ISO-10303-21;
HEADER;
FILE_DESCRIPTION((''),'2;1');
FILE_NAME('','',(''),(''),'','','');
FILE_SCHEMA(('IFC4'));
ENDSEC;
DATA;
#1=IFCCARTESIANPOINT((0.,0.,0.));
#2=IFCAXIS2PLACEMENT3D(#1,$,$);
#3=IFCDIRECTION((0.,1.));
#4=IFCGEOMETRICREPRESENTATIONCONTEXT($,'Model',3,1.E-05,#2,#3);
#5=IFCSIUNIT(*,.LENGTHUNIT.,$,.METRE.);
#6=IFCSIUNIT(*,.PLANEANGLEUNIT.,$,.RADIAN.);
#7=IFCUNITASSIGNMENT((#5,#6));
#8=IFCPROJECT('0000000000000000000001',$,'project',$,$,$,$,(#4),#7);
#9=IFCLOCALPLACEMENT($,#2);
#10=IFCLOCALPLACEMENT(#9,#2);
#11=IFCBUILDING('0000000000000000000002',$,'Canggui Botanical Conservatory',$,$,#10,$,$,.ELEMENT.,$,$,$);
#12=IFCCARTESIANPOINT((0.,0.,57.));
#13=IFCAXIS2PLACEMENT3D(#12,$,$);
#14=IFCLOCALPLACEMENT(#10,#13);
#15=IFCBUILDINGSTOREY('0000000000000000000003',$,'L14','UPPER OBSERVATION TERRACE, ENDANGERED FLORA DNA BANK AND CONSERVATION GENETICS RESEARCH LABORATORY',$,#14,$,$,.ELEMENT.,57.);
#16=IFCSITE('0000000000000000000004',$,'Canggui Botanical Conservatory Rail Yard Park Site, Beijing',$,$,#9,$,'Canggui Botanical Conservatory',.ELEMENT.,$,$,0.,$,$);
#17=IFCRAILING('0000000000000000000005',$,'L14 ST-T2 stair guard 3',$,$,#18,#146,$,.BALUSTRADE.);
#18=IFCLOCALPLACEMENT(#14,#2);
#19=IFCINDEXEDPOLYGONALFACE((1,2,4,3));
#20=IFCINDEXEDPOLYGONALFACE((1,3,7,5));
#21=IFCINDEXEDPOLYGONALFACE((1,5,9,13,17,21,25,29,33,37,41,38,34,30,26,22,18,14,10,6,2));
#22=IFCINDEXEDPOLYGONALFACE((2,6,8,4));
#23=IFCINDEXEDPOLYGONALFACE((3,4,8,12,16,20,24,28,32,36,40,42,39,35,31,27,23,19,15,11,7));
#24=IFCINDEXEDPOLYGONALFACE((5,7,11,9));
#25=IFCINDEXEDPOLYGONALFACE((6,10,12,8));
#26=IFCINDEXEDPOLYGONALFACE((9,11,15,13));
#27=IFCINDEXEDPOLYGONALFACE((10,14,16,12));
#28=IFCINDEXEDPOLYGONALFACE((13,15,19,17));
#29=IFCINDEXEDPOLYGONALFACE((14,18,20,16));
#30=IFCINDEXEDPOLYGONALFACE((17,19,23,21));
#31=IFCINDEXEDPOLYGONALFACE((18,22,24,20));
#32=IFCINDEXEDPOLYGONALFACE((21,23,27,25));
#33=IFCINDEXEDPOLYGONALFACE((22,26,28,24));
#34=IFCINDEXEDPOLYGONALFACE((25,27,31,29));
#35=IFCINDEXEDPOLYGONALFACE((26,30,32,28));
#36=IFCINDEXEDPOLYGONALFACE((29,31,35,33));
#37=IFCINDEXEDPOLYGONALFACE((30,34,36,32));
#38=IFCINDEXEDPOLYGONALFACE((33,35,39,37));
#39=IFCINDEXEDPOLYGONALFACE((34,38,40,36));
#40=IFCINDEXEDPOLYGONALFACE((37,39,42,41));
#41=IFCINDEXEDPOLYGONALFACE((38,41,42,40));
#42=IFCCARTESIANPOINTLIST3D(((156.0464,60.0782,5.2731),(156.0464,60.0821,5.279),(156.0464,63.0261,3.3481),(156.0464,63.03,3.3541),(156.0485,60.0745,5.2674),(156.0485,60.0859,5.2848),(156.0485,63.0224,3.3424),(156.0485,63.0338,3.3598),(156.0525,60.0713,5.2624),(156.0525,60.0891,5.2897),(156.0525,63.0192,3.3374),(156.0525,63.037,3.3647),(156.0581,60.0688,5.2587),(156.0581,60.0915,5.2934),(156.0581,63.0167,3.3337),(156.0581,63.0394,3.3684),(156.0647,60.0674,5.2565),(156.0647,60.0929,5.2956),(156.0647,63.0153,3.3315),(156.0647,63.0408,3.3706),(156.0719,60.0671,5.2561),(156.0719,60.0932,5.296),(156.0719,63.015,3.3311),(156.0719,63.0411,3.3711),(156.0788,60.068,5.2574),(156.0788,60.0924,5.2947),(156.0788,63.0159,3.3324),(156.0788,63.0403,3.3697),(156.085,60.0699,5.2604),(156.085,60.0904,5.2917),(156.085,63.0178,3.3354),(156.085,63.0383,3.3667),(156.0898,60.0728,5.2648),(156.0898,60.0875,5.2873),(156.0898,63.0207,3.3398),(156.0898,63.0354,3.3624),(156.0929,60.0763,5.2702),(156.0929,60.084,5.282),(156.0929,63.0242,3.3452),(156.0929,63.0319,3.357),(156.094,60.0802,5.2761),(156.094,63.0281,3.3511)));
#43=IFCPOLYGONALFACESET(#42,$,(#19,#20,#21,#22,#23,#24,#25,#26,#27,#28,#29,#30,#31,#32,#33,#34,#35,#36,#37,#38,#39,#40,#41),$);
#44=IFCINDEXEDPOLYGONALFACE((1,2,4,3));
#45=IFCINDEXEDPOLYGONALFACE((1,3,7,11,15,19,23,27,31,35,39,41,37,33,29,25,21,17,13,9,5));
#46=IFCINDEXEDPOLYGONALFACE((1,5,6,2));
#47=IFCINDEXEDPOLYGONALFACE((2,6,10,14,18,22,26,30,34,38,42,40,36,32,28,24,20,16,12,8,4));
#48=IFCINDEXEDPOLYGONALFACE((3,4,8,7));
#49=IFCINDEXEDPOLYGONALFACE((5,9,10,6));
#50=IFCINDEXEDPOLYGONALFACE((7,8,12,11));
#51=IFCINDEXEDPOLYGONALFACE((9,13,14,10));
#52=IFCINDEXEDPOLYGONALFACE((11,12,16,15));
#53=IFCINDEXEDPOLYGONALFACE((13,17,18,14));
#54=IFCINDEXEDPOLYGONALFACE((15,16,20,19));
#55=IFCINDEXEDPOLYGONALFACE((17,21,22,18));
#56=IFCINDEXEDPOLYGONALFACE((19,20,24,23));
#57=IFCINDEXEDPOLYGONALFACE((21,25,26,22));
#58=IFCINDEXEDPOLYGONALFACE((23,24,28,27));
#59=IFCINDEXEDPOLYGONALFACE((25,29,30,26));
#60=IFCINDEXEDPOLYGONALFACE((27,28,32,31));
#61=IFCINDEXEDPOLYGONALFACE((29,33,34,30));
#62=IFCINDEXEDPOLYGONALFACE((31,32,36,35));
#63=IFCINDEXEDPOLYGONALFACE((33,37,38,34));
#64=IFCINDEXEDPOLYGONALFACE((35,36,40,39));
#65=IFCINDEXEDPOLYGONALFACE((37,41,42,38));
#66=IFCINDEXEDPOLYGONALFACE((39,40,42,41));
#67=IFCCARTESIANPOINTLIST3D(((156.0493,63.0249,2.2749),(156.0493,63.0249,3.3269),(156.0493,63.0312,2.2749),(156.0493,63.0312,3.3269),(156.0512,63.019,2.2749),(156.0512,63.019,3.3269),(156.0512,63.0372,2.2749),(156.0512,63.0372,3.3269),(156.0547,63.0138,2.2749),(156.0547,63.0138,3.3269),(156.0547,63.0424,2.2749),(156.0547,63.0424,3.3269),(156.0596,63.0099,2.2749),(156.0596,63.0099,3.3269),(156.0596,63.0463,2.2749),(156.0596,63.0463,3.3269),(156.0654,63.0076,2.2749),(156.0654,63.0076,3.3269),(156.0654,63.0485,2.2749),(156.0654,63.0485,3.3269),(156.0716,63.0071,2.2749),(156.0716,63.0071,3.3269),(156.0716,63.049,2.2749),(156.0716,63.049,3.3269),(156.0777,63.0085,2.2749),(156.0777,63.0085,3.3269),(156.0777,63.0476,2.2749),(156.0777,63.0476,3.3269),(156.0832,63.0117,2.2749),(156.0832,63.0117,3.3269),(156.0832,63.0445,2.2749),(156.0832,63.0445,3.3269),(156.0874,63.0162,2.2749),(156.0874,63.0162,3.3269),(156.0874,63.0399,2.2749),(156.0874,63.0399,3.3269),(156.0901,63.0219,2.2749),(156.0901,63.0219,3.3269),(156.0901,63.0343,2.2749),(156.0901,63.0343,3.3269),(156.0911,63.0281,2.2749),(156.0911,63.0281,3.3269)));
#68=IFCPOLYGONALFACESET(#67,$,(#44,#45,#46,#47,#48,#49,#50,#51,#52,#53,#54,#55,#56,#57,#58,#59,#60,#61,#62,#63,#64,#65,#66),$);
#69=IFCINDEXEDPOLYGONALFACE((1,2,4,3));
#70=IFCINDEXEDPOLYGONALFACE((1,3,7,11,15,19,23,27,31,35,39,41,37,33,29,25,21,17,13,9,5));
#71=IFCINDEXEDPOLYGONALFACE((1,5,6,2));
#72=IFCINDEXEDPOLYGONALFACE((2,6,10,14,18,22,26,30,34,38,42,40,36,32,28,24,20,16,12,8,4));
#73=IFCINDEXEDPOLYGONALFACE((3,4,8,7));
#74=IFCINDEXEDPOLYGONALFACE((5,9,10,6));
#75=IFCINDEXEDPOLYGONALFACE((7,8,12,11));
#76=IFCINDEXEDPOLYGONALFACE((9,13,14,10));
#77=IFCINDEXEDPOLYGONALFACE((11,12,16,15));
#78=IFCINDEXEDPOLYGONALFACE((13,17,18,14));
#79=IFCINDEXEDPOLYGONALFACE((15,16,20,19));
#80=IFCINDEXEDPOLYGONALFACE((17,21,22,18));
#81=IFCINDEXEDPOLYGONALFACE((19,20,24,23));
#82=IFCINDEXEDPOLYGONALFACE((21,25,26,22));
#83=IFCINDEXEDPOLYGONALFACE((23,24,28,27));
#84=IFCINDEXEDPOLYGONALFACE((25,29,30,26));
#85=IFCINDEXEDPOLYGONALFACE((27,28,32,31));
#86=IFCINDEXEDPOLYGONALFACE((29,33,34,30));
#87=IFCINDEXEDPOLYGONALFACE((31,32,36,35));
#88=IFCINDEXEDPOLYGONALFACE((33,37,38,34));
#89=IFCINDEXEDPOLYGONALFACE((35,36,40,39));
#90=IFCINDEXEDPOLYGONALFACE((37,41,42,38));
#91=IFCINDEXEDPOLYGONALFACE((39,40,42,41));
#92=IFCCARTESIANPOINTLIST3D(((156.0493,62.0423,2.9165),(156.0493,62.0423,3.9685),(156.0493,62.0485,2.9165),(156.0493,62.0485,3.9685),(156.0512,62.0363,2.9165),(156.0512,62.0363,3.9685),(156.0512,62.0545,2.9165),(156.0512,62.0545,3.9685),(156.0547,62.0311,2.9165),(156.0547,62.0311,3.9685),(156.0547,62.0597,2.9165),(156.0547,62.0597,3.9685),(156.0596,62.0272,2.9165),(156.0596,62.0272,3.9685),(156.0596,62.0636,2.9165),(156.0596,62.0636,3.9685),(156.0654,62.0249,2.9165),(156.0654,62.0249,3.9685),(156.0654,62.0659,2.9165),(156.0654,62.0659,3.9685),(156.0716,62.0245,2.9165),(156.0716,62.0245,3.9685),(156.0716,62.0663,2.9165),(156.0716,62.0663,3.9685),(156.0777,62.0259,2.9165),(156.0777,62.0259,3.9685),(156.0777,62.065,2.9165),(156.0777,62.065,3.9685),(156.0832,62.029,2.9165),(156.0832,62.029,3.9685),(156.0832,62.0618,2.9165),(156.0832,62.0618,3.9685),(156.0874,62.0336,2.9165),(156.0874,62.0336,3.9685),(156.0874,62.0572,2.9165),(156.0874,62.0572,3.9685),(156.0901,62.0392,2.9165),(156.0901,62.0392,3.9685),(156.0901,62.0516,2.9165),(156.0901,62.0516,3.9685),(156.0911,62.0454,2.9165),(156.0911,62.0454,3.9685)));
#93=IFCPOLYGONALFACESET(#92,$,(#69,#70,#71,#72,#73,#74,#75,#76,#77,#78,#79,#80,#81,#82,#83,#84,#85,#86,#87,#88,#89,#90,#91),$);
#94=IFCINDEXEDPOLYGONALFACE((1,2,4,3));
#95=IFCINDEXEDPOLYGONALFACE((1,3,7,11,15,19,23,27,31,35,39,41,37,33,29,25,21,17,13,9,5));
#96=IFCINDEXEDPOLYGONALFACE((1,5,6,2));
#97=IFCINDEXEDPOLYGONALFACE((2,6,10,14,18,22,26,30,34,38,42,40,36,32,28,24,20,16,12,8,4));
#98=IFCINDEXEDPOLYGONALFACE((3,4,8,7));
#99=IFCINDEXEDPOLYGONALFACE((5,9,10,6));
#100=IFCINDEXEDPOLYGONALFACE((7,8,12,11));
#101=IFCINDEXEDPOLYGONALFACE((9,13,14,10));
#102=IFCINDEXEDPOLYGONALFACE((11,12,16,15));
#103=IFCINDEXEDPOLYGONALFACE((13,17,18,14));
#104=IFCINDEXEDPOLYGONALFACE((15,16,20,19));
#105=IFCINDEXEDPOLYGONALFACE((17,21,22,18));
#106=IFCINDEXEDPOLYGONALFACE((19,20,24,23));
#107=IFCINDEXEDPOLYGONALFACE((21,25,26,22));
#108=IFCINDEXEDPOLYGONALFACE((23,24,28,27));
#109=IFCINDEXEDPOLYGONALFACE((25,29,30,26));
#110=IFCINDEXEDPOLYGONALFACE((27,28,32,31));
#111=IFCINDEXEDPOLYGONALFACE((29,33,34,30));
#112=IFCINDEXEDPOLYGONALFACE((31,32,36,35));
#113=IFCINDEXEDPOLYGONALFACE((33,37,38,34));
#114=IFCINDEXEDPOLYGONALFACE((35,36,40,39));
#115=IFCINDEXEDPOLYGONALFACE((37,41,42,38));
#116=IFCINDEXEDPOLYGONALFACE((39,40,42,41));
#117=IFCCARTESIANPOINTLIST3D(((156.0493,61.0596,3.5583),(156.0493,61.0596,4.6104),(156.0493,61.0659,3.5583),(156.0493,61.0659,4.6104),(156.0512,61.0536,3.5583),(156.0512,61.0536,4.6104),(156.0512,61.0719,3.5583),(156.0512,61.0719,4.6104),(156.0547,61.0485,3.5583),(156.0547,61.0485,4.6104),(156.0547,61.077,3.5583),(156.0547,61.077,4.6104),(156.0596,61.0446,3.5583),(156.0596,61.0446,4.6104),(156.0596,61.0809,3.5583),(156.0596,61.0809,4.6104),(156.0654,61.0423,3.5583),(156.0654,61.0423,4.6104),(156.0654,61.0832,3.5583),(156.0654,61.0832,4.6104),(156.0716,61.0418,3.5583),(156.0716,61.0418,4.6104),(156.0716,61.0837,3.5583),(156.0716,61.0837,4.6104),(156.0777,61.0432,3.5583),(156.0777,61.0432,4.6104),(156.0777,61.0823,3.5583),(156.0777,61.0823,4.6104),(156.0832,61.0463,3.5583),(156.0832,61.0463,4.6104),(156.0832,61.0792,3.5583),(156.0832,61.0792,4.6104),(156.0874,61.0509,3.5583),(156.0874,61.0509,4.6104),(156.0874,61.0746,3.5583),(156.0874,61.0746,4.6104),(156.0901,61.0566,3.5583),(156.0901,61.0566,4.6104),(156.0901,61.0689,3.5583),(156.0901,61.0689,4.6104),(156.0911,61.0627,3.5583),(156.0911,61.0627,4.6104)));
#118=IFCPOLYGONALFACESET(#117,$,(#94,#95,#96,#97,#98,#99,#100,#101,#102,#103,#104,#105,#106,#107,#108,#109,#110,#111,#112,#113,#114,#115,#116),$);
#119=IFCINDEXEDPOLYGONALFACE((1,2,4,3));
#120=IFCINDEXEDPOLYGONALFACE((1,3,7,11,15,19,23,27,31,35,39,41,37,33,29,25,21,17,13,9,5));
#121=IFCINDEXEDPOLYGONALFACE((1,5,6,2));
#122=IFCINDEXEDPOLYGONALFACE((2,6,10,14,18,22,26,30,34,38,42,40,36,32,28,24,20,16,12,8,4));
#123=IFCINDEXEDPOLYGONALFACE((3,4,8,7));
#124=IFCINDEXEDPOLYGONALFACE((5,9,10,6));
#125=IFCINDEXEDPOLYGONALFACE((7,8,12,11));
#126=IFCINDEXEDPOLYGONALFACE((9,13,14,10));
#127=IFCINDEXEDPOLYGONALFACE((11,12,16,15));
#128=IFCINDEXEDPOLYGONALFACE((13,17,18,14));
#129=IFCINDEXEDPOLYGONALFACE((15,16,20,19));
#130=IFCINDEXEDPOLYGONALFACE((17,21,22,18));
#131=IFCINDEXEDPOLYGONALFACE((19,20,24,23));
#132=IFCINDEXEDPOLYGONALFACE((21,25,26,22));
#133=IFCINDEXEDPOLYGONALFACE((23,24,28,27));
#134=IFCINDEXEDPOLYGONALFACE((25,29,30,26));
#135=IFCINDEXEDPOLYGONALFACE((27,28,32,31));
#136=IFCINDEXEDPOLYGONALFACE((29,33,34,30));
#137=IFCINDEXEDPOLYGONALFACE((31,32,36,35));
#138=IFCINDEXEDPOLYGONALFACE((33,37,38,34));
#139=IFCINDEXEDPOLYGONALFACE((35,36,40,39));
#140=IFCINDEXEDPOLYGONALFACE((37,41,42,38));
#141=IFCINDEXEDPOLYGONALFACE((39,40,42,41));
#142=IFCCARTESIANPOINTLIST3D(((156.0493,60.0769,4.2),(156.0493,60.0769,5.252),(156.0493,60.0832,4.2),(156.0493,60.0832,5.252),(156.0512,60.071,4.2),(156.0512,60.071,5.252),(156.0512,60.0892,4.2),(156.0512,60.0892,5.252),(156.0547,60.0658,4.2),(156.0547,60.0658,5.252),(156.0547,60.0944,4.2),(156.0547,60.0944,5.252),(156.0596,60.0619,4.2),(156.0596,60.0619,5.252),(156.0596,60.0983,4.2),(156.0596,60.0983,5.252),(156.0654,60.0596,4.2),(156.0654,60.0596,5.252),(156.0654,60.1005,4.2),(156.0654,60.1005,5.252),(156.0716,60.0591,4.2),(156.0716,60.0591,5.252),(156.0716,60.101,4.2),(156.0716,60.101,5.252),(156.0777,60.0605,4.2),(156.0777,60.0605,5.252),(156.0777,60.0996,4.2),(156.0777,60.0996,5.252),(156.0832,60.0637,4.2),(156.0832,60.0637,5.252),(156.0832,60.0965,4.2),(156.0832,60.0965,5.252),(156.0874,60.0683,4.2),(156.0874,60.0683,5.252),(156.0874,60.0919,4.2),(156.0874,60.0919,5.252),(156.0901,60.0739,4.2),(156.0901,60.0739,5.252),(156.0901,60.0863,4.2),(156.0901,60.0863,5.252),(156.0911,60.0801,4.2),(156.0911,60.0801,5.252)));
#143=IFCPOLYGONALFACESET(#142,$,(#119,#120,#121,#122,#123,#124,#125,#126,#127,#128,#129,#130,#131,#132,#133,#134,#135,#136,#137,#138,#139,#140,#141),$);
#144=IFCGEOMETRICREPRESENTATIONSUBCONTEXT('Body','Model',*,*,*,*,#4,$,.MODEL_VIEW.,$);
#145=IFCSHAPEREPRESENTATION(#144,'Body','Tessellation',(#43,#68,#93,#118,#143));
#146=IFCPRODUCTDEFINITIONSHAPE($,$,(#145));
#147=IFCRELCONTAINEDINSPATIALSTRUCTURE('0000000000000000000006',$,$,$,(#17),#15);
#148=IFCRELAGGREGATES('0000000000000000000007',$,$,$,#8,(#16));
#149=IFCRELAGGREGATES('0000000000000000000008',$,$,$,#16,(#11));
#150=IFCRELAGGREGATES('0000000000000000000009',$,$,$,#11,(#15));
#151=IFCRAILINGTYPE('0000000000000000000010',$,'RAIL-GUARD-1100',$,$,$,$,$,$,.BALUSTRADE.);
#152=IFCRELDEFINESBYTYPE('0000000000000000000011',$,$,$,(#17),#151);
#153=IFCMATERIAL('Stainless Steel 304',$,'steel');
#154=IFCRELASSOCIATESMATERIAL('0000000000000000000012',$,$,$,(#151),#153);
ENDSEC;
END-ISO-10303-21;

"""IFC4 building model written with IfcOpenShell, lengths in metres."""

from ifc_helpers import new_model, si_unit, direction, frame, origin, origin_2d, place, context, subcontext, project, spatial, circle, extrude, material, type_object, element, save


model = new_model("IFC4")

# Units and contexts
model_context = context("Model", 3, precision=1e-05, world=origin(), true_north=direction((0.0, 1.0)))
body_context = subcontext(model_context, "Body", "Model", "MODEL_VIEW")
ifc_project = project(units=[si_unit("LENGTHUNIT", "METRE"), si_unit("PLANEANGLEUNIT", "RADIAN")], contexts=[model_context])

# Site, building, storey
site_placement = place(None, origin())
site = spatial("IfcSite", under=ifc_project, at=site_placement, Name="Canggui Botanical Conservatory Rail Yard Park Site, Beijing", LongName="Canggui Botanical Conservatory", CompositionType="ELEMENT", RefElevation=0.0)
building_placement = place(site_placement, origin())
building = spatial("IfcBuilding", under=site, at=building_placement, Name="Canggui Botanical Conservatory", CompositionType="ELEMENT")
storey_placement = place(building_placement, frame((0.0, 0.0, 57.0)))
storey = spatial("IfcBuildingStorey", under=building, at=storey_placement, Name="L14", Description="UPPER OBSERVATION TERRACE, ENDANGERED FLORA DNA BANK AND CONSERVATION GENETICS RESEARCH LABORATORY", CompositionType="ELEMENT", Elevation=57.0)

# Shared definitions
ifc_material_1 = material(Name="Stainless Steel 304", Category="steel")

# Railing
railing_type_1 = type_object("IfcRailingType", Name="RAIL-GUARD-1100", PredefinedType="BALUSTRADE", material=ifc_material_1)
railing_1_placement = place(storey_placement, frame((156.0701, 63.0281, 2.2749)))
element("IfcRailing", 1, at=railing_1_placement, inside=storey, type_object=railing_type_1, Name="L14 ST-T2 stair guard 3", PredefinedType="BALUSTRADE", context=body_context, shape_type="SweptSolid", body=[
    extrude(circle(Radius=0.0239, at=origin_2d()), frame((0.0, 0.0, 1.0762), z_axis=(0.0, -0.837293, 0.546754), x_axis=(1.0, 0.0, 0.0)), (0.0, 0.0, 1.0), 3.5208),
    extrude(circle(Radius=0.021, at=origin_2d()), origin(), (0.0, 0.0, 1.0), 1.052),
    extrude(circle(Radius=0.021, at=origin_2d()), frame((0.0, -0.9827, 0.6416)), (0.0, 0.0, 1.0), 1.052),
    extrude(circle(Radius=0.021, at=origin_2d()), frame((0.0, -1.9653, 1.2834)), (0.0, 0.0, 1.0), 1.052),
    extrude(circle(Radius=0.021, at=origin_2d()), frame((0.0, -2.948, 1.925)), (0.0, 0.0, 1.0), 1.052),
])

save(model, "model.ifc")
